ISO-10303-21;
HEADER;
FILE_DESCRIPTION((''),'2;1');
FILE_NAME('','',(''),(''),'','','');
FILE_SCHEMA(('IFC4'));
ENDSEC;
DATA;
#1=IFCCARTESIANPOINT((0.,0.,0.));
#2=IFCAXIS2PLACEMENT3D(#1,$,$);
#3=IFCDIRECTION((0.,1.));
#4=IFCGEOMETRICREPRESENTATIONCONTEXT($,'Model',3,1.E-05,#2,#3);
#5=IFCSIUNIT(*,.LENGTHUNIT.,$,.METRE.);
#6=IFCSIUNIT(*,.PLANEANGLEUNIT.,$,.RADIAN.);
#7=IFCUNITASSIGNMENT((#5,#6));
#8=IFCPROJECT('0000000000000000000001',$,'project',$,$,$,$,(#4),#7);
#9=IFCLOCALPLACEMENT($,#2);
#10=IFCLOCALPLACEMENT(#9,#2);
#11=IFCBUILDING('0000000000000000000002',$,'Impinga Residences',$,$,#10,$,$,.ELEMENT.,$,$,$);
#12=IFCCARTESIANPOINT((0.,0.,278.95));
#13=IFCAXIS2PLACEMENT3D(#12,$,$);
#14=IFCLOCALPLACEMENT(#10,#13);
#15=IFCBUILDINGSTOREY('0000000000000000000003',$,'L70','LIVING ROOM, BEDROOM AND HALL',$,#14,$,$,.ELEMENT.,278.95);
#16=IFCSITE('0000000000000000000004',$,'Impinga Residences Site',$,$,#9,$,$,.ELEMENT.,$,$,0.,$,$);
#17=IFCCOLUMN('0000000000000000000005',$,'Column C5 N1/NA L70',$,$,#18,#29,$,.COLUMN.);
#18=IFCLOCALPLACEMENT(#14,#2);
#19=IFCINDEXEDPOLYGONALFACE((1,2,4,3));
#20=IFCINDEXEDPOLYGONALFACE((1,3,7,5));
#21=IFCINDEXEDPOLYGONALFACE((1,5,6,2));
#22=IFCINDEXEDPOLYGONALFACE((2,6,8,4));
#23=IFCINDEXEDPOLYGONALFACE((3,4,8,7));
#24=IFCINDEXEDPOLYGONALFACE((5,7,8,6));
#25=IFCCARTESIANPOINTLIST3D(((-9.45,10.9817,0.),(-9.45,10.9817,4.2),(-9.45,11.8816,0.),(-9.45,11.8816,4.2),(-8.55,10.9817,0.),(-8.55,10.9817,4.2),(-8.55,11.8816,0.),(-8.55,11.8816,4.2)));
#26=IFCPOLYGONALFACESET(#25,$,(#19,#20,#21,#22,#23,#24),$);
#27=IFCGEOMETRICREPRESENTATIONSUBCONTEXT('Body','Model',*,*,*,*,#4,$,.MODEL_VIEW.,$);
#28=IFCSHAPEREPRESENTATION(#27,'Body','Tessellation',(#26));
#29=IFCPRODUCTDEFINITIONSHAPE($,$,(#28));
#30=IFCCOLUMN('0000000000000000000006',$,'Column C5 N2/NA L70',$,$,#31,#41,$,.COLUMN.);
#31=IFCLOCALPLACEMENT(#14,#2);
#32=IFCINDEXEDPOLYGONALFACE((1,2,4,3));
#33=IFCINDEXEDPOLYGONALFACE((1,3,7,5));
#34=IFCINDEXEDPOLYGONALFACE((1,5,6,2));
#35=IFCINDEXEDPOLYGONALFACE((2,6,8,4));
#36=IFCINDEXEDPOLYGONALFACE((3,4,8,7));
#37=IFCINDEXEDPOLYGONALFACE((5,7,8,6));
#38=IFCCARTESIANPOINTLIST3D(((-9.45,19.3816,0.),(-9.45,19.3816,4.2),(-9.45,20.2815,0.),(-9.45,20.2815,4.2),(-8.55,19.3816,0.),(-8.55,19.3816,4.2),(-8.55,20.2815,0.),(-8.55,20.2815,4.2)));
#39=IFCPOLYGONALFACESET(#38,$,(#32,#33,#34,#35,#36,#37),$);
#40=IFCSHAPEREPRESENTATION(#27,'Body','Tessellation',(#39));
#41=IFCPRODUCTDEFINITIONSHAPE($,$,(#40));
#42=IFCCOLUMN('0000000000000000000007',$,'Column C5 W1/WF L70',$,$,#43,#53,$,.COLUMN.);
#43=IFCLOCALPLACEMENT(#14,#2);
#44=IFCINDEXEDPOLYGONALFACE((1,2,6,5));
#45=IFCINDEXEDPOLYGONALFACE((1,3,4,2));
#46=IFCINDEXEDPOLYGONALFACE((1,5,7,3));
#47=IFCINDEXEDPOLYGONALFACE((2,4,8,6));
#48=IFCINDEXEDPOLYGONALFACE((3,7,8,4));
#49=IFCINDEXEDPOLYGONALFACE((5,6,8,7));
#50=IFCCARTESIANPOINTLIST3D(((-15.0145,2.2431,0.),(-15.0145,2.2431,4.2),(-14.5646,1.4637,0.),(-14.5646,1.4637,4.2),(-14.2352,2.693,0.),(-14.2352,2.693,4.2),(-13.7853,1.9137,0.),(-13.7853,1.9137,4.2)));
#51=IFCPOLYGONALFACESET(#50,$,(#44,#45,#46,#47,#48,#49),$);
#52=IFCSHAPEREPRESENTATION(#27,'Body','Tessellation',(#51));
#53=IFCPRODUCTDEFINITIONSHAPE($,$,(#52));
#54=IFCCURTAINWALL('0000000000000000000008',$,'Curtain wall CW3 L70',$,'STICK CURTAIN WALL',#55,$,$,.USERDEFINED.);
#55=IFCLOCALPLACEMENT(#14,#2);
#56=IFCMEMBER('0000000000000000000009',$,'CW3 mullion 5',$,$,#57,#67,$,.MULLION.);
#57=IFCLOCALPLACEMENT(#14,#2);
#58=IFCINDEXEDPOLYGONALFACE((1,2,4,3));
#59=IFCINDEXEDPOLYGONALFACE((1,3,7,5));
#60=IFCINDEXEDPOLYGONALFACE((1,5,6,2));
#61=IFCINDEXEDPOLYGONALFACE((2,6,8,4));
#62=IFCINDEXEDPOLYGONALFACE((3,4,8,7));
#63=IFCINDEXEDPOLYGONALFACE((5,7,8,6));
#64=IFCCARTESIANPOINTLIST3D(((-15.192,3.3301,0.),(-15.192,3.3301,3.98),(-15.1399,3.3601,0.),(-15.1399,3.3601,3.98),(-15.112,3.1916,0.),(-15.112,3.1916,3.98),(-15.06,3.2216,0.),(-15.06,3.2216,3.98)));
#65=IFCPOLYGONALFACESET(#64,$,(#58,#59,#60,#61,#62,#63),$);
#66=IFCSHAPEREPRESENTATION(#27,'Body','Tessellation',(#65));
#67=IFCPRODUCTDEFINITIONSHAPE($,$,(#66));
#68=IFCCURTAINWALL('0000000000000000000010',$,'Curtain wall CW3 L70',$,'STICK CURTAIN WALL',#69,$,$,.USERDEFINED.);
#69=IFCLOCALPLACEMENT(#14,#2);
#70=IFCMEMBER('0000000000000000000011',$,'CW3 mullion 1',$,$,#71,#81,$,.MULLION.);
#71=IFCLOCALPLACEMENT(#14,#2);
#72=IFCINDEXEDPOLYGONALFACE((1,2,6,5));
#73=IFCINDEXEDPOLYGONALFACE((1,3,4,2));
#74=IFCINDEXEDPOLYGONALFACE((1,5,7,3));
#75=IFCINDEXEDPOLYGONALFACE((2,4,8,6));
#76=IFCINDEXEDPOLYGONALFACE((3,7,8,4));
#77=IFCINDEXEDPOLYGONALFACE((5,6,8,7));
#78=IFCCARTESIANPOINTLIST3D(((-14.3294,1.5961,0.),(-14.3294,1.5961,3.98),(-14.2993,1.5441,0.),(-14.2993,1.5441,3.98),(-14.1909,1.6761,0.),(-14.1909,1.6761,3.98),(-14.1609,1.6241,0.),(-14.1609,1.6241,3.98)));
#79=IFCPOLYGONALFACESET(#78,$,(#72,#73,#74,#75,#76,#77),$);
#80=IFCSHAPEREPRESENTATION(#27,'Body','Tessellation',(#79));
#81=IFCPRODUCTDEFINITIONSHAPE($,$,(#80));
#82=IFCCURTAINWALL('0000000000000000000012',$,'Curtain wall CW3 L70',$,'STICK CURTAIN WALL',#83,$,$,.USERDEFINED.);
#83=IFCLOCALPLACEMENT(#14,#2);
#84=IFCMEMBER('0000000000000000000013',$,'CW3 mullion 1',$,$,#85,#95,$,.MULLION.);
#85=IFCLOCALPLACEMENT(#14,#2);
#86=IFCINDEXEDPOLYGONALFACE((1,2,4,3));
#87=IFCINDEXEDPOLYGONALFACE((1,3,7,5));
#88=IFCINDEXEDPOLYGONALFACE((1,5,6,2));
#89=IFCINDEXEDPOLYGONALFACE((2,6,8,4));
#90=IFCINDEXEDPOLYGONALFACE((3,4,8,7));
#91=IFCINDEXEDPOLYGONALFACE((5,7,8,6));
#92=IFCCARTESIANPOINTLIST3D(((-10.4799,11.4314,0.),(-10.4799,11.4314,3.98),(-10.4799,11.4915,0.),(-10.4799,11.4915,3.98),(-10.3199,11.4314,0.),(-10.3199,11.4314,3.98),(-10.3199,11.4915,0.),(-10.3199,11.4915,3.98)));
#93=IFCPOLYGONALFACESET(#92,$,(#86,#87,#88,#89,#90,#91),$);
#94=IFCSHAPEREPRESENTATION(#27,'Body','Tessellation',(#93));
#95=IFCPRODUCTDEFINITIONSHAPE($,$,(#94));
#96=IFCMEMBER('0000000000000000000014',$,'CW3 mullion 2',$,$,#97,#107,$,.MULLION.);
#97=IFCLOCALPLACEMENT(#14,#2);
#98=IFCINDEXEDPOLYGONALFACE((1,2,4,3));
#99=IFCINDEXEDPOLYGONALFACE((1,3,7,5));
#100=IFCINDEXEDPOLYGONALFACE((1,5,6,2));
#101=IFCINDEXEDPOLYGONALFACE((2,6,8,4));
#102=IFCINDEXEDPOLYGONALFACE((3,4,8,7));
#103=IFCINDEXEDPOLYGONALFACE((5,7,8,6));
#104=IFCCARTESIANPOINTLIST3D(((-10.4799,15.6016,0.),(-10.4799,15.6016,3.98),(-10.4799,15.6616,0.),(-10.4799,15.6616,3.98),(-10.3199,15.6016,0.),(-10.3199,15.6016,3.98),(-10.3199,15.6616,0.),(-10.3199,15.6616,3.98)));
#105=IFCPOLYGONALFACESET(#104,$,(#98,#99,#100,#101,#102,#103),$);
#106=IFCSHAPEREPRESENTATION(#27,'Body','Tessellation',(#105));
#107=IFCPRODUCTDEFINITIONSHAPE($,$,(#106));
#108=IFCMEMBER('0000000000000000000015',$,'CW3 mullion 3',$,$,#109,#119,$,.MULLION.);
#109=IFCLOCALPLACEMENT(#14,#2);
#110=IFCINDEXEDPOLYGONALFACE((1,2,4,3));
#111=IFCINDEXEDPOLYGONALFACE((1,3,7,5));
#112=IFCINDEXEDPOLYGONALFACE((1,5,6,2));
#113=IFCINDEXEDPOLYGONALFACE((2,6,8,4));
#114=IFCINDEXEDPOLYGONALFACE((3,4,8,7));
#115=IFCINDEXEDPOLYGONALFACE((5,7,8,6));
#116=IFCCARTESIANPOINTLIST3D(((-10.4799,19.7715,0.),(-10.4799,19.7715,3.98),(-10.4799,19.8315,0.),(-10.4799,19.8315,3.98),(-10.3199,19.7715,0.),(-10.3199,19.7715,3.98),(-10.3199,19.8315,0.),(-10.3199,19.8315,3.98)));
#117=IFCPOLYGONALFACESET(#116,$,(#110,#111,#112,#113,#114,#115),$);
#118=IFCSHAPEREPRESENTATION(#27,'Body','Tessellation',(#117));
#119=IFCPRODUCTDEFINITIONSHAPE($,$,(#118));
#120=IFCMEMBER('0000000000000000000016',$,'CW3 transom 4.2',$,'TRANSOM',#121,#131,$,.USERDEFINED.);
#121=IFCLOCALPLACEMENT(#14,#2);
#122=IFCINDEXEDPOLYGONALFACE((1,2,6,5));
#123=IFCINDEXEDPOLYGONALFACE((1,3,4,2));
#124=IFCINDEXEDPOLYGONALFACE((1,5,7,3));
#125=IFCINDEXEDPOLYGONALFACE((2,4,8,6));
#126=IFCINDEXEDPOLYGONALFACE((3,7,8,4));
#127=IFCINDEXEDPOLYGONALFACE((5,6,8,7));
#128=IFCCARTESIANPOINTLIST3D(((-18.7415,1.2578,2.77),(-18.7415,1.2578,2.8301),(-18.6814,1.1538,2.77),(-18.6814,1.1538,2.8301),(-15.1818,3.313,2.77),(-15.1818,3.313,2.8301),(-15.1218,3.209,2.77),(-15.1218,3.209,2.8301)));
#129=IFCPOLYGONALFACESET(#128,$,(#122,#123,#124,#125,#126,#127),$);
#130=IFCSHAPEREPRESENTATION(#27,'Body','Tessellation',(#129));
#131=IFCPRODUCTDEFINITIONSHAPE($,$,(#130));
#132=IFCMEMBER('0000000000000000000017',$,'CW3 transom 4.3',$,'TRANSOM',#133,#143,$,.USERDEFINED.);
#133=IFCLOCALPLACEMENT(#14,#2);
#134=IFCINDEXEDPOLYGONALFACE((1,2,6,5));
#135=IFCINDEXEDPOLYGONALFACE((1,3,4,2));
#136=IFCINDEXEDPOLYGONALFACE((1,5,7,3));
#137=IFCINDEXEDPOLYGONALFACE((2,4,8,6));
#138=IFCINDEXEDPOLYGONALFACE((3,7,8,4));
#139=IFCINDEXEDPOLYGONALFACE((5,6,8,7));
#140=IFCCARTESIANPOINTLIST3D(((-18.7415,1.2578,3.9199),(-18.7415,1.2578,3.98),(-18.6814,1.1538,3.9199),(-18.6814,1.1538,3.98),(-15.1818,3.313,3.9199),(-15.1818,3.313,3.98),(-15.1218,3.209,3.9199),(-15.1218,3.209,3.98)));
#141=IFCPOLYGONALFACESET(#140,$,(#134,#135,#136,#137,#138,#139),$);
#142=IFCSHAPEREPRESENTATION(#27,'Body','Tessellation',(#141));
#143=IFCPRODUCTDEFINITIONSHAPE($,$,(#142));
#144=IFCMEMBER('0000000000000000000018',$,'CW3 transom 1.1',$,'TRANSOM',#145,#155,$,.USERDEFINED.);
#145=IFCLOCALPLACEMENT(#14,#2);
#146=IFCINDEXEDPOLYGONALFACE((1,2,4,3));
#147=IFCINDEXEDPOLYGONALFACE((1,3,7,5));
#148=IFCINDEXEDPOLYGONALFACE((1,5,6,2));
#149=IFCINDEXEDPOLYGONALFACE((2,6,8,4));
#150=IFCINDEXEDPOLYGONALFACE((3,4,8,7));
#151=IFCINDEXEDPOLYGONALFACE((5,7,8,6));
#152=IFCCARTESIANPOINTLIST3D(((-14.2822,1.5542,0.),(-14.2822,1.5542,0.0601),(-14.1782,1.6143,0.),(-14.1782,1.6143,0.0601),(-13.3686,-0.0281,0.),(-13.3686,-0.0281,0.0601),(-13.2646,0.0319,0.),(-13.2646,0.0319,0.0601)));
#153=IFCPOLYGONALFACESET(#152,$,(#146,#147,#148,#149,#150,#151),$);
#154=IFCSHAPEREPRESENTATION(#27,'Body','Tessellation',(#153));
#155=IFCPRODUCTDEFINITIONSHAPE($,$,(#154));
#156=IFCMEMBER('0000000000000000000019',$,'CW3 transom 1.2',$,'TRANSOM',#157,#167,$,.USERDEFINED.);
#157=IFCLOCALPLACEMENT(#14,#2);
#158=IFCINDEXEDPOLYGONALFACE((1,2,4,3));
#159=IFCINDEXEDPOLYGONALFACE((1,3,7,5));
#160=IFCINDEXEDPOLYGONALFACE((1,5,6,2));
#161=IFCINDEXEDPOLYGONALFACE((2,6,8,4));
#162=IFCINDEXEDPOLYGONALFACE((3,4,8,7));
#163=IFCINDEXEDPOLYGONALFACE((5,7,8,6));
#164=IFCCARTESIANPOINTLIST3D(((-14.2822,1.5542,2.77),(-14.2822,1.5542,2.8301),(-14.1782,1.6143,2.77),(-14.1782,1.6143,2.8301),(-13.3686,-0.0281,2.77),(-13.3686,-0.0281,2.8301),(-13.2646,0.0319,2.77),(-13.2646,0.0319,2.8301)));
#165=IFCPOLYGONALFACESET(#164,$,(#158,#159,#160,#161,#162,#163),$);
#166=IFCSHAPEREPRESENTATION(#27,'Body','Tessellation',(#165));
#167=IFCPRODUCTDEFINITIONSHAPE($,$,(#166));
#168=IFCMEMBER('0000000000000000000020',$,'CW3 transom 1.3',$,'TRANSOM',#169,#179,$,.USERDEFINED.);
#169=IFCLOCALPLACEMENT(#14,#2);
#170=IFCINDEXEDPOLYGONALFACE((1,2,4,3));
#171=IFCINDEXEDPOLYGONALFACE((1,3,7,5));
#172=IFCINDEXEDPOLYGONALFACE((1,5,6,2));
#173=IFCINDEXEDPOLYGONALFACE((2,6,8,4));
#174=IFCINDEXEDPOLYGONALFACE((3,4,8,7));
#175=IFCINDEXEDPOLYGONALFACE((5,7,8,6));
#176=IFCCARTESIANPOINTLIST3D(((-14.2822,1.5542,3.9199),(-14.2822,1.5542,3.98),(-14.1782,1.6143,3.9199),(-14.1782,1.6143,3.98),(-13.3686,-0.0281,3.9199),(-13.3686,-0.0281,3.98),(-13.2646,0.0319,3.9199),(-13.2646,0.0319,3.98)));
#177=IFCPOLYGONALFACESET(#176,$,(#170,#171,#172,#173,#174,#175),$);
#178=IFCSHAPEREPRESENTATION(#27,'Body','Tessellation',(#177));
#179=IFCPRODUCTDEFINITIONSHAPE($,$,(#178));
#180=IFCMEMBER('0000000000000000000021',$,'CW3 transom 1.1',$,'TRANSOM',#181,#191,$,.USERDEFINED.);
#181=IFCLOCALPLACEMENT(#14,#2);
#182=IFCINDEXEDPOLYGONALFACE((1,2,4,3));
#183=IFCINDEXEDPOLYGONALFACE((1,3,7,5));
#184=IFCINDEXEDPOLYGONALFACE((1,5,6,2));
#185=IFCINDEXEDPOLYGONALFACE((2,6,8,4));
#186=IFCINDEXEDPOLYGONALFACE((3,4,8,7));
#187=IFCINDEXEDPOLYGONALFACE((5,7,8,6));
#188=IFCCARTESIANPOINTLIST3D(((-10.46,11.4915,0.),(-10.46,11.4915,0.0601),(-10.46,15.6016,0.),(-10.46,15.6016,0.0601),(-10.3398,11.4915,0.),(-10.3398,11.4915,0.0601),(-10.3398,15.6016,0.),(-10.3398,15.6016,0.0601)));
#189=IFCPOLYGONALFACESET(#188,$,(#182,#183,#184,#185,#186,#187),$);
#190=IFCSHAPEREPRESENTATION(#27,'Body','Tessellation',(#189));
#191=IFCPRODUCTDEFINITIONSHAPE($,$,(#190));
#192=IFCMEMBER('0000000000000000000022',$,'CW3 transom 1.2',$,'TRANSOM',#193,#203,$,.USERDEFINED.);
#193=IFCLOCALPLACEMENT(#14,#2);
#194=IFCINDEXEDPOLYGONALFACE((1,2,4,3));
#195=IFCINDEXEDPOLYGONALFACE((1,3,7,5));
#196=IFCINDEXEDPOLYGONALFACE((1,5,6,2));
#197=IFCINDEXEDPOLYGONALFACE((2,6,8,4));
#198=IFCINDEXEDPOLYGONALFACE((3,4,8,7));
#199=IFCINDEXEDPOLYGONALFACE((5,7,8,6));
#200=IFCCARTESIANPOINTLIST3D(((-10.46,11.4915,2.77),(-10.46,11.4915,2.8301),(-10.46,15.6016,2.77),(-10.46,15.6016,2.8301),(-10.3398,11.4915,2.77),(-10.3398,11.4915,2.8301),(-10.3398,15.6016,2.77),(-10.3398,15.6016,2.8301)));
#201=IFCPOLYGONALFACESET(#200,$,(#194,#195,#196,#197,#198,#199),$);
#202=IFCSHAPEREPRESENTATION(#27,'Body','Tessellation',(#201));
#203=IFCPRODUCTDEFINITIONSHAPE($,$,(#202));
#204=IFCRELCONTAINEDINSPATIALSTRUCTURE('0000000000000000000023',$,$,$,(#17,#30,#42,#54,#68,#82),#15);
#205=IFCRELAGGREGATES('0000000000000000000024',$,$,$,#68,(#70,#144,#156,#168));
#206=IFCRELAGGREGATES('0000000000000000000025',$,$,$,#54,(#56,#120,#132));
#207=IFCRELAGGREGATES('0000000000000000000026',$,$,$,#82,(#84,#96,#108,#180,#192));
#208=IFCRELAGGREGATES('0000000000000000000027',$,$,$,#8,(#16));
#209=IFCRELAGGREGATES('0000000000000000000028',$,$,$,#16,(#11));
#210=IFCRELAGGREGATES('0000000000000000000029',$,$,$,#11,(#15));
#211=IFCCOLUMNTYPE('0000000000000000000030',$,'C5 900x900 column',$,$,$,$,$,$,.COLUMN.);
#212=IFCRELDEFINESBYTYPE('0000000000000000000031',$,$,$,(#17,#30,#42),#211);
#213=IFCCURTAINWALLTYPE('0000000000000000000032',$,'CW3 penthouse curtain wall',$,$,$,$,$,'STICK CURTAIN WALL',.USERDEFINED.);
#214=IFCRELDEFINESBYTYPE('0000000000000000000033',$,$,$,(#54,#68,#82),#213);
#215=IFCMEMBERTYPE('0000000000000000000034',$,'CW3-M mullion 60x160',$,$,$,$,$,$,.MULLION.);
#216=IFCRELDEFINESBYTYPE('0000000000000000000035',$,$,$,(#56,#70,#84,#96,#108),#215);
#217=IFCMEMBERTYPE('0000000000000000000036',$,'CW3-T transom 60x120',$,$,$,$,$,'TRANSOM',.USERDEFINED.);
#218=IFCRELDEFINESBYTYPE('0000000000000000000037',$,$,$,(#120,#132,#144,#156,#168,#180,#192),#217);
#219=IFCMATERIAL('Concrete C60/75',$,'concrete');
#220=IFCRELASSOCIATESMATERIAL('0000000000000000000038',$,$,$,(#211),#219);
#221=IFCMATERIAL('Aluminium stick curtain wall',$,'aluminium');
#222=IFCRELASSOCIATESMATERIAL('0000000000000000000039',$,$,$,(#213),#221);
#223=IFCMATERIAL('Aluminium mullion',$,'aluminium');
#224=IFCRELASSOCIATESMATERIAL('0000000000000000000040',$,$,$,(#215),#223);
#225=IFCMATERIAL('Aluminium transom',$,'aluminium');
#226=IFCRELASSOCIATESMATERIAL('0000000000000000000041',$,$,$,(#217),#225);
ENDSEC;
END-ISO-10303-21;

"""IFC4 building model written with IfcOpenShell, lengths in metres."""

from ifc_helpers import new_model, si_unit, direction, frame, origin, origin_2d, place, context, subcontext, project, spatial, rectangle, extrude, material, material_profile, profile_set, type_object, element, aggregate, save


model = new_model("IFC4")

# Units and contexts
model_context = context("Model", 3, precision=1e-05, world=origin(), true_north=direction((0.0, 1.0)))
body_context = subcontext(model_context, "Body", "Model", "MODEL_VIEW")
ifc_project = project(units=[si_unit("LENGTHUNIT", "METRE"), si_unit("PLANEANGLEUNIT", "RADIAN")], contexts=[model_context])

# Site, building, storey
site_placement = place(None, origin())
site = spatial("IfcSite", under=ifc_project, at=site_placement, Name="Impinga Residences Site", CompositionType="ELEMENT", RefElevation=0.0)
building_placement = place(site_placement, origin())
building = spatial("IfcBuilding", under=site, at=building_placement, Name="Impinga Residences", CompositionType="ELEMENT")
storey_placement = place(building_placement, frame((0.0, 0.0, 278.95)))
storey = spatial("IfcBuildingStorey", under=building, at=storey_placement, Name="L70", Description="LIVING ROOM, BEDROOM AND HALL", CompositionType="ELEMENT", Elevation=278.95)

# Columns
ifc_material_1 = material(Name="Concrete C60/75", Category="concrete")
ifc_material_profile_1 = material_profile(ifc_material_1, rectangle(XDim=0.8999, YDim=0.8999, at=origin_2d()), Name="RC 900x900")
ifc_profile_set_1 = profile_set([ifc_material_profile_1], Name="Concrete C60/75")
column_type = type_object("IfcColumnType", Name="C5 900x900 column", PredefinedType="COLUMN", material=ifc_profile_set_1)
for number, where, z_axis, x_axis, name in (
    (1, (-9.0, 11.4316, 0.0), (0.0, 0.0, 1.0), (1.0, 0.0, 0.0), "Column C5 N1/NA L70"),
    (2, (-9.0, 19.8315, 0.0), (0.0, 0.0, 1.0), (1.0, 0.0, 0.0), "Column C5 N2/NA L70"),
    (3, (-14.3999, 2.0784, 0.0), (0.0, 0.0, 1.0), (-0.5, 0.866025, 0.0), "Column C5 W1/WF L70"),
):
    element("IfcColumn", number, at=place(storey_placement, frame(where, z_axis=z_axis, x_axis=x_axis)), inside=storey, type_object=column_type, Name=name, PredefinedType="COLUMN", context=body_context, shape_type="SweptSolid", body=[
        extrude(rectangle(XDim=0.8999, YDim=0.8999, at=origin_2d()), origin(), (0.0, 0.0, 1.0), 4.2),
    ])

# Curtain walls, members
ifc_material_2 = material(Name="Aluminium stick curtain wall", Category="aluminium")
curtain_wall_type = type_object("IfcCurtainWallType", Name="CW3 penthouse curtain wall", ElementType="STICK CURTAIN WALL", PredefinedType="USERDEFINED", material=ifc_material_2)
curtain_wall_1_placement = place(storey_placement, origin())
curtain_wall_1 = element("IfcCurtainWall", 4, at=curtain_wall_1_placement, inside=storey, type_object=curtain_wall_type, Name="Curtain wall CW3 L70", ObjectType="STICK CURTAIN WALL", PredefinedType="USERDEFINED")
ifc_material_3 = material(Name="Aluminium mullion", Category="aluminium")
ifc_material_profile_2 = material_profile(ifc_material_3, rectangle(XDim=0.0601, YDim=0.1599, at=origin_2d()), Name="60x160 mullion")
ifc_profile_set_2 = profile_set([ifc_material_profile_2], Name="Aluminium mullion")
member_type_1 = type_object("IfcMemberType", Name="CW3-M mullion 60x160", PredefinedType="MULLION", material=ifc_profile_set_2)
member_1_placement = place(storey_placement, frame((-15.126, 3.2759, 0.0), z_axis=(0.0, 0.0, 1.0), x_axis=(0.866025, 0.5, 0.0)))
member_1 = element("IfcMember", 5, at=member_1_placement, type_object=member_type_1, Name="CW3 mullion 5", PredefinedType="MULLION", context=body_context, shape_type="SweptSolid", body=[
    extrude(rectangle(XDim=0.0601, YDim=0.1599, at=origin_2d()), origin(), (0.0, 0.0, 1.0), 3.98),
])
curtain_wall_2_placement = place(storey_placement, origin())
curtain_wall_2 = element("IfcCurtainWall", 6, at=curtain_wall_2_placement, inside=storey, type_object=curtain_wall_type, Name="Curtain wall CW3 L70", ObjectType="STICK CURTAIN WALL", PredefinedType="USERDEFINED")
member_2_placement = place(storey_placement, frame((-14.2451, 1.6101, 0.0), z_axis=(0.0, 0.0, 1.0), x_axis=(0.5, -0.866025, 0.0)))
member_2 = element("IfcMember", 7, at=member_2_placement, type_object=member_type_1, Name="CW3 mullion 1", PredefinedType="MULLION", context=body_context, shape_type="SweptSolid", body=[
    extrude(rectangle(XDim=0.0601, YDim=0.1599, at=origin_2d()), origin(), (0.0, 0.0, 1.0), 3.98),
])

# Curtain wall, members
curtain_wall_3_placement = place(storey_placement, origin())
curtain_wall_3 = element("IfcCurtainWall", 8, at=curtain_wall_3_placement, inside=storey, type_object=curtain_wall_type, Name="Curtain wall CW3 L70", ObjectType="STICK CURTAIN WALL", PredefinedType="USERDEFINED")
member_3_placement = place(storey_placement, frame((-10.3999, 11.4614, 0.0), z_axis=(0.0, 0.0, 1.0), x_axis=(0.0, 1.0, 0.0)))
member_3 = element("IfcMember", 9, at=member_3_placement, type_object=member_type_1, Name="CW3 mullion 1", PredefinedType="MULLION", context=body_context, shape_type="SweptSolid", body=[
    extrude(rectangle(XDim=0.0601, YDim=0.1599, at=origin_2d()), origin(), (0.0, 0.0, 1.0), 3.98),
])
member_4_placement = place(storey_placement, frame((-10.3999, 15.6316, 0.0), z_axis=(0.0, 0.0, 1.0), x_axis=(0.0, 1.0, 0.0)))
member_4 = element("IfcMember", 10, at=member_4_placement, type_object=member_type_1, Name="CW3 mullion 2", PredefinedType="MULLION", context=body_context, shape_type="SweptSolid", body=[
    extrude(rectangle(XDim=0.0601, YDim=0.1599, at=origin_2d()), origin(), (0.0, 0.0, 1.0), 3.98),
])
member_5_placement = place(storey_placement, frame((-10.3999, 19.8015, 0.0), z_axis=(0.0, 0.0, 1.0), x_axis=(0.0, 1.0, 0.0)))
member_5 = element("IfcMember", 11, at=member_5_placement, type_object=member_type_1, Name="CW3 mullion 3", PredefinedType="MULLION", context=body_context, shape_type="SweptSolid", body=[
    extrude(rectangle(XDim=0.0601, YDim=0.1599, at=origin_2d()), origin(), (0.0, 0.0, 1.0), 3.98),
])

# Members
ifc_material_4 = material(Name="Aluminium transom", Category="aluminium")
ifc_material_profile_3 = material_profile(ifc_material_4, rectangle(XDim=0.0601, YDim=0.1201, at=origin_2d()), Name="60x120 transom")
ifc_profile_set_3 = profile_set([ifc_material_profile_3], Name="Aluminium transom")
member_type_2 = type_object("IfcMemberType", Name="CW3-T transom 60x120", ElementType="TRANSOM", PredefinedType="USERDEFINED", material=ifc_profile_set_3)
member_6_placement = place(storey_placement, frame((-18.7114, 1.2058, 2.8), z_axis=(0.866019, 0.50001, 0.0), x_axis=(0.0, 0.0, 1.0)))
member_6 = element("IfcMember", 12, at=member_6_placement, type_object=member_type_2, Name="CW3 transom 4.2", ObjectType="TRANSOM", PredefinedType="USERDEFINED", context=body_context, shape_type="SweptSolid", body=[
    extrude(rectangle(XDim=0.0601, YDim=0.1201, at=origin_2d()), origin(), (0.0, 0.0, 1.0), 4.1104),
])
member_7_placement = place(storey_placement, frame((-18.7114, 1.2058, 3.95), z_axis=(0.866019, 0.50001, 0.0), x_axis=(0.0, 0.0, 1.0)))
member_7 = element("IfcMember", 13, at=member_7_placement, type_object=member_type_2, Name="CW3 transom 4.3", ObjectType="TRANSOM", PredefinedType="USERDEFINED", context=body_context, shape_type="SweptSolid", body=[
    extrude(rectangle(XDim=0.0601, YDim=0.1201, at=origin_2d()), origin(), (0.0, 0.0, 1.0), 4.1104),
])
member_8_placement = place(storey_placement, frame((-14.2302, 1.5842, 0.03), z_axis=(0.500019, -0.866014, 0.0), x_axis=(0.0, 0.0, 1.0)))
member_8 = element("IfcMember", 14, at=member_8_placement, type_object=member_type_2, Name="CW3 transom 1.1", ObjectType="TRANSOM", PredefinedType="USERDEFINED", context=body_context, shape_type="SweptSolid", body=[
    extrude(rectangle(XDim=0.0601, YDim=0.1201, at=origin_2d()), origin(), (0.0, 0.0, 1.0), 1.8271),
])
member_9_placement = place(storey_placement, frame((-14.2302, 1.5842, 2.8), z_axis=(0.500019, -0.866014, 0.0), x_axis=(0.0, 0.0, 1.0)))
member_9 = element("IfcMember", 15, at=member_9_placement, type_object=member_type_2, Name="CW3 transom 1.2", ObjectType="TRANSOM", PredefinedType="USERDEFINED", context=body_context, shape_type="SweptSolid", body=[
    extrude(rectangle(XDim=0.0601, YDim=0.1201, at=origin_2d()), origin(), (0.0, 0.0, 1.0), 1.8271),
])
member_10_placement = place(storey_placement, frame((-14.2302, 1.5842, 3.95), z_axis=(0.500019, -0.866014, 0.0), x_axis=(0.0, 0.0, 1.0)))
member_10 = element("IfcMember", 16, at=member_10_placement, type_object=member_type_2, Name="CW3 transom 1.3", ObjectType="TRANSOM", PredefinedType="USERDEFINED", context=body_context, shape_type="SweptSolid", body=[
    extrude(rectangle(XDim=0.0601, YDim=0.1201, at=origin_2d()), origin(), (0.0, 0.0, 1.0), 1.8271),
])
aggregate(curtain_wall_2, [member_2, member_8, member_9, member_10])
member_11_placement = place(storey_placement, frame((-10.3999, 11.4915, 0.03), z_axis=(0.0, 1.0, 0.0), x_axis=(0.0, 0.0, 1.0)))
member_11 = element("IfcMember", 17, at=member_11_placement, type_object=member_type_2, Name="CW3 transom 1.1", ObjectType="TRANSOM", PredefinedType="USERDEFINED", context=body_context, shape_type="SweptSolid", body=[
    extrude(rectangle(XDim=0.0601, YDim=0.1201, at=origin_2d()), origin(), (0.0, 0.0, 1.0), 4.1101),
])
member_12_placement = place(storey_placement, frame((-10.3999, 11.4915, 2.8), z_axis=(0.0, 1.0, 0.0), x_axis=(0.0, 0.0, 1.0)))
member_12 = element("IfcMember", 18, at=member_12_placement, type_object=member_type_2, Name="CW3 transom 1.2", ObjectType="TRANSOM", PredefinedType="USERDEFINED", context=body_context, shape_type="SweptSolid", body=[
    extrude(rectangle(XDim=0.0601, YDim=0.1201, at=origin_2d()), origin(), (0.0, 0.0, 1.0), 4.1101),
])

aggregate(curtain_wall_1, [member_1, member_6, member_7])
aggregate(curtain_wall_3, [member_3, member_4, member_5, member_11, member_12])

save(model, "model.ifc")
